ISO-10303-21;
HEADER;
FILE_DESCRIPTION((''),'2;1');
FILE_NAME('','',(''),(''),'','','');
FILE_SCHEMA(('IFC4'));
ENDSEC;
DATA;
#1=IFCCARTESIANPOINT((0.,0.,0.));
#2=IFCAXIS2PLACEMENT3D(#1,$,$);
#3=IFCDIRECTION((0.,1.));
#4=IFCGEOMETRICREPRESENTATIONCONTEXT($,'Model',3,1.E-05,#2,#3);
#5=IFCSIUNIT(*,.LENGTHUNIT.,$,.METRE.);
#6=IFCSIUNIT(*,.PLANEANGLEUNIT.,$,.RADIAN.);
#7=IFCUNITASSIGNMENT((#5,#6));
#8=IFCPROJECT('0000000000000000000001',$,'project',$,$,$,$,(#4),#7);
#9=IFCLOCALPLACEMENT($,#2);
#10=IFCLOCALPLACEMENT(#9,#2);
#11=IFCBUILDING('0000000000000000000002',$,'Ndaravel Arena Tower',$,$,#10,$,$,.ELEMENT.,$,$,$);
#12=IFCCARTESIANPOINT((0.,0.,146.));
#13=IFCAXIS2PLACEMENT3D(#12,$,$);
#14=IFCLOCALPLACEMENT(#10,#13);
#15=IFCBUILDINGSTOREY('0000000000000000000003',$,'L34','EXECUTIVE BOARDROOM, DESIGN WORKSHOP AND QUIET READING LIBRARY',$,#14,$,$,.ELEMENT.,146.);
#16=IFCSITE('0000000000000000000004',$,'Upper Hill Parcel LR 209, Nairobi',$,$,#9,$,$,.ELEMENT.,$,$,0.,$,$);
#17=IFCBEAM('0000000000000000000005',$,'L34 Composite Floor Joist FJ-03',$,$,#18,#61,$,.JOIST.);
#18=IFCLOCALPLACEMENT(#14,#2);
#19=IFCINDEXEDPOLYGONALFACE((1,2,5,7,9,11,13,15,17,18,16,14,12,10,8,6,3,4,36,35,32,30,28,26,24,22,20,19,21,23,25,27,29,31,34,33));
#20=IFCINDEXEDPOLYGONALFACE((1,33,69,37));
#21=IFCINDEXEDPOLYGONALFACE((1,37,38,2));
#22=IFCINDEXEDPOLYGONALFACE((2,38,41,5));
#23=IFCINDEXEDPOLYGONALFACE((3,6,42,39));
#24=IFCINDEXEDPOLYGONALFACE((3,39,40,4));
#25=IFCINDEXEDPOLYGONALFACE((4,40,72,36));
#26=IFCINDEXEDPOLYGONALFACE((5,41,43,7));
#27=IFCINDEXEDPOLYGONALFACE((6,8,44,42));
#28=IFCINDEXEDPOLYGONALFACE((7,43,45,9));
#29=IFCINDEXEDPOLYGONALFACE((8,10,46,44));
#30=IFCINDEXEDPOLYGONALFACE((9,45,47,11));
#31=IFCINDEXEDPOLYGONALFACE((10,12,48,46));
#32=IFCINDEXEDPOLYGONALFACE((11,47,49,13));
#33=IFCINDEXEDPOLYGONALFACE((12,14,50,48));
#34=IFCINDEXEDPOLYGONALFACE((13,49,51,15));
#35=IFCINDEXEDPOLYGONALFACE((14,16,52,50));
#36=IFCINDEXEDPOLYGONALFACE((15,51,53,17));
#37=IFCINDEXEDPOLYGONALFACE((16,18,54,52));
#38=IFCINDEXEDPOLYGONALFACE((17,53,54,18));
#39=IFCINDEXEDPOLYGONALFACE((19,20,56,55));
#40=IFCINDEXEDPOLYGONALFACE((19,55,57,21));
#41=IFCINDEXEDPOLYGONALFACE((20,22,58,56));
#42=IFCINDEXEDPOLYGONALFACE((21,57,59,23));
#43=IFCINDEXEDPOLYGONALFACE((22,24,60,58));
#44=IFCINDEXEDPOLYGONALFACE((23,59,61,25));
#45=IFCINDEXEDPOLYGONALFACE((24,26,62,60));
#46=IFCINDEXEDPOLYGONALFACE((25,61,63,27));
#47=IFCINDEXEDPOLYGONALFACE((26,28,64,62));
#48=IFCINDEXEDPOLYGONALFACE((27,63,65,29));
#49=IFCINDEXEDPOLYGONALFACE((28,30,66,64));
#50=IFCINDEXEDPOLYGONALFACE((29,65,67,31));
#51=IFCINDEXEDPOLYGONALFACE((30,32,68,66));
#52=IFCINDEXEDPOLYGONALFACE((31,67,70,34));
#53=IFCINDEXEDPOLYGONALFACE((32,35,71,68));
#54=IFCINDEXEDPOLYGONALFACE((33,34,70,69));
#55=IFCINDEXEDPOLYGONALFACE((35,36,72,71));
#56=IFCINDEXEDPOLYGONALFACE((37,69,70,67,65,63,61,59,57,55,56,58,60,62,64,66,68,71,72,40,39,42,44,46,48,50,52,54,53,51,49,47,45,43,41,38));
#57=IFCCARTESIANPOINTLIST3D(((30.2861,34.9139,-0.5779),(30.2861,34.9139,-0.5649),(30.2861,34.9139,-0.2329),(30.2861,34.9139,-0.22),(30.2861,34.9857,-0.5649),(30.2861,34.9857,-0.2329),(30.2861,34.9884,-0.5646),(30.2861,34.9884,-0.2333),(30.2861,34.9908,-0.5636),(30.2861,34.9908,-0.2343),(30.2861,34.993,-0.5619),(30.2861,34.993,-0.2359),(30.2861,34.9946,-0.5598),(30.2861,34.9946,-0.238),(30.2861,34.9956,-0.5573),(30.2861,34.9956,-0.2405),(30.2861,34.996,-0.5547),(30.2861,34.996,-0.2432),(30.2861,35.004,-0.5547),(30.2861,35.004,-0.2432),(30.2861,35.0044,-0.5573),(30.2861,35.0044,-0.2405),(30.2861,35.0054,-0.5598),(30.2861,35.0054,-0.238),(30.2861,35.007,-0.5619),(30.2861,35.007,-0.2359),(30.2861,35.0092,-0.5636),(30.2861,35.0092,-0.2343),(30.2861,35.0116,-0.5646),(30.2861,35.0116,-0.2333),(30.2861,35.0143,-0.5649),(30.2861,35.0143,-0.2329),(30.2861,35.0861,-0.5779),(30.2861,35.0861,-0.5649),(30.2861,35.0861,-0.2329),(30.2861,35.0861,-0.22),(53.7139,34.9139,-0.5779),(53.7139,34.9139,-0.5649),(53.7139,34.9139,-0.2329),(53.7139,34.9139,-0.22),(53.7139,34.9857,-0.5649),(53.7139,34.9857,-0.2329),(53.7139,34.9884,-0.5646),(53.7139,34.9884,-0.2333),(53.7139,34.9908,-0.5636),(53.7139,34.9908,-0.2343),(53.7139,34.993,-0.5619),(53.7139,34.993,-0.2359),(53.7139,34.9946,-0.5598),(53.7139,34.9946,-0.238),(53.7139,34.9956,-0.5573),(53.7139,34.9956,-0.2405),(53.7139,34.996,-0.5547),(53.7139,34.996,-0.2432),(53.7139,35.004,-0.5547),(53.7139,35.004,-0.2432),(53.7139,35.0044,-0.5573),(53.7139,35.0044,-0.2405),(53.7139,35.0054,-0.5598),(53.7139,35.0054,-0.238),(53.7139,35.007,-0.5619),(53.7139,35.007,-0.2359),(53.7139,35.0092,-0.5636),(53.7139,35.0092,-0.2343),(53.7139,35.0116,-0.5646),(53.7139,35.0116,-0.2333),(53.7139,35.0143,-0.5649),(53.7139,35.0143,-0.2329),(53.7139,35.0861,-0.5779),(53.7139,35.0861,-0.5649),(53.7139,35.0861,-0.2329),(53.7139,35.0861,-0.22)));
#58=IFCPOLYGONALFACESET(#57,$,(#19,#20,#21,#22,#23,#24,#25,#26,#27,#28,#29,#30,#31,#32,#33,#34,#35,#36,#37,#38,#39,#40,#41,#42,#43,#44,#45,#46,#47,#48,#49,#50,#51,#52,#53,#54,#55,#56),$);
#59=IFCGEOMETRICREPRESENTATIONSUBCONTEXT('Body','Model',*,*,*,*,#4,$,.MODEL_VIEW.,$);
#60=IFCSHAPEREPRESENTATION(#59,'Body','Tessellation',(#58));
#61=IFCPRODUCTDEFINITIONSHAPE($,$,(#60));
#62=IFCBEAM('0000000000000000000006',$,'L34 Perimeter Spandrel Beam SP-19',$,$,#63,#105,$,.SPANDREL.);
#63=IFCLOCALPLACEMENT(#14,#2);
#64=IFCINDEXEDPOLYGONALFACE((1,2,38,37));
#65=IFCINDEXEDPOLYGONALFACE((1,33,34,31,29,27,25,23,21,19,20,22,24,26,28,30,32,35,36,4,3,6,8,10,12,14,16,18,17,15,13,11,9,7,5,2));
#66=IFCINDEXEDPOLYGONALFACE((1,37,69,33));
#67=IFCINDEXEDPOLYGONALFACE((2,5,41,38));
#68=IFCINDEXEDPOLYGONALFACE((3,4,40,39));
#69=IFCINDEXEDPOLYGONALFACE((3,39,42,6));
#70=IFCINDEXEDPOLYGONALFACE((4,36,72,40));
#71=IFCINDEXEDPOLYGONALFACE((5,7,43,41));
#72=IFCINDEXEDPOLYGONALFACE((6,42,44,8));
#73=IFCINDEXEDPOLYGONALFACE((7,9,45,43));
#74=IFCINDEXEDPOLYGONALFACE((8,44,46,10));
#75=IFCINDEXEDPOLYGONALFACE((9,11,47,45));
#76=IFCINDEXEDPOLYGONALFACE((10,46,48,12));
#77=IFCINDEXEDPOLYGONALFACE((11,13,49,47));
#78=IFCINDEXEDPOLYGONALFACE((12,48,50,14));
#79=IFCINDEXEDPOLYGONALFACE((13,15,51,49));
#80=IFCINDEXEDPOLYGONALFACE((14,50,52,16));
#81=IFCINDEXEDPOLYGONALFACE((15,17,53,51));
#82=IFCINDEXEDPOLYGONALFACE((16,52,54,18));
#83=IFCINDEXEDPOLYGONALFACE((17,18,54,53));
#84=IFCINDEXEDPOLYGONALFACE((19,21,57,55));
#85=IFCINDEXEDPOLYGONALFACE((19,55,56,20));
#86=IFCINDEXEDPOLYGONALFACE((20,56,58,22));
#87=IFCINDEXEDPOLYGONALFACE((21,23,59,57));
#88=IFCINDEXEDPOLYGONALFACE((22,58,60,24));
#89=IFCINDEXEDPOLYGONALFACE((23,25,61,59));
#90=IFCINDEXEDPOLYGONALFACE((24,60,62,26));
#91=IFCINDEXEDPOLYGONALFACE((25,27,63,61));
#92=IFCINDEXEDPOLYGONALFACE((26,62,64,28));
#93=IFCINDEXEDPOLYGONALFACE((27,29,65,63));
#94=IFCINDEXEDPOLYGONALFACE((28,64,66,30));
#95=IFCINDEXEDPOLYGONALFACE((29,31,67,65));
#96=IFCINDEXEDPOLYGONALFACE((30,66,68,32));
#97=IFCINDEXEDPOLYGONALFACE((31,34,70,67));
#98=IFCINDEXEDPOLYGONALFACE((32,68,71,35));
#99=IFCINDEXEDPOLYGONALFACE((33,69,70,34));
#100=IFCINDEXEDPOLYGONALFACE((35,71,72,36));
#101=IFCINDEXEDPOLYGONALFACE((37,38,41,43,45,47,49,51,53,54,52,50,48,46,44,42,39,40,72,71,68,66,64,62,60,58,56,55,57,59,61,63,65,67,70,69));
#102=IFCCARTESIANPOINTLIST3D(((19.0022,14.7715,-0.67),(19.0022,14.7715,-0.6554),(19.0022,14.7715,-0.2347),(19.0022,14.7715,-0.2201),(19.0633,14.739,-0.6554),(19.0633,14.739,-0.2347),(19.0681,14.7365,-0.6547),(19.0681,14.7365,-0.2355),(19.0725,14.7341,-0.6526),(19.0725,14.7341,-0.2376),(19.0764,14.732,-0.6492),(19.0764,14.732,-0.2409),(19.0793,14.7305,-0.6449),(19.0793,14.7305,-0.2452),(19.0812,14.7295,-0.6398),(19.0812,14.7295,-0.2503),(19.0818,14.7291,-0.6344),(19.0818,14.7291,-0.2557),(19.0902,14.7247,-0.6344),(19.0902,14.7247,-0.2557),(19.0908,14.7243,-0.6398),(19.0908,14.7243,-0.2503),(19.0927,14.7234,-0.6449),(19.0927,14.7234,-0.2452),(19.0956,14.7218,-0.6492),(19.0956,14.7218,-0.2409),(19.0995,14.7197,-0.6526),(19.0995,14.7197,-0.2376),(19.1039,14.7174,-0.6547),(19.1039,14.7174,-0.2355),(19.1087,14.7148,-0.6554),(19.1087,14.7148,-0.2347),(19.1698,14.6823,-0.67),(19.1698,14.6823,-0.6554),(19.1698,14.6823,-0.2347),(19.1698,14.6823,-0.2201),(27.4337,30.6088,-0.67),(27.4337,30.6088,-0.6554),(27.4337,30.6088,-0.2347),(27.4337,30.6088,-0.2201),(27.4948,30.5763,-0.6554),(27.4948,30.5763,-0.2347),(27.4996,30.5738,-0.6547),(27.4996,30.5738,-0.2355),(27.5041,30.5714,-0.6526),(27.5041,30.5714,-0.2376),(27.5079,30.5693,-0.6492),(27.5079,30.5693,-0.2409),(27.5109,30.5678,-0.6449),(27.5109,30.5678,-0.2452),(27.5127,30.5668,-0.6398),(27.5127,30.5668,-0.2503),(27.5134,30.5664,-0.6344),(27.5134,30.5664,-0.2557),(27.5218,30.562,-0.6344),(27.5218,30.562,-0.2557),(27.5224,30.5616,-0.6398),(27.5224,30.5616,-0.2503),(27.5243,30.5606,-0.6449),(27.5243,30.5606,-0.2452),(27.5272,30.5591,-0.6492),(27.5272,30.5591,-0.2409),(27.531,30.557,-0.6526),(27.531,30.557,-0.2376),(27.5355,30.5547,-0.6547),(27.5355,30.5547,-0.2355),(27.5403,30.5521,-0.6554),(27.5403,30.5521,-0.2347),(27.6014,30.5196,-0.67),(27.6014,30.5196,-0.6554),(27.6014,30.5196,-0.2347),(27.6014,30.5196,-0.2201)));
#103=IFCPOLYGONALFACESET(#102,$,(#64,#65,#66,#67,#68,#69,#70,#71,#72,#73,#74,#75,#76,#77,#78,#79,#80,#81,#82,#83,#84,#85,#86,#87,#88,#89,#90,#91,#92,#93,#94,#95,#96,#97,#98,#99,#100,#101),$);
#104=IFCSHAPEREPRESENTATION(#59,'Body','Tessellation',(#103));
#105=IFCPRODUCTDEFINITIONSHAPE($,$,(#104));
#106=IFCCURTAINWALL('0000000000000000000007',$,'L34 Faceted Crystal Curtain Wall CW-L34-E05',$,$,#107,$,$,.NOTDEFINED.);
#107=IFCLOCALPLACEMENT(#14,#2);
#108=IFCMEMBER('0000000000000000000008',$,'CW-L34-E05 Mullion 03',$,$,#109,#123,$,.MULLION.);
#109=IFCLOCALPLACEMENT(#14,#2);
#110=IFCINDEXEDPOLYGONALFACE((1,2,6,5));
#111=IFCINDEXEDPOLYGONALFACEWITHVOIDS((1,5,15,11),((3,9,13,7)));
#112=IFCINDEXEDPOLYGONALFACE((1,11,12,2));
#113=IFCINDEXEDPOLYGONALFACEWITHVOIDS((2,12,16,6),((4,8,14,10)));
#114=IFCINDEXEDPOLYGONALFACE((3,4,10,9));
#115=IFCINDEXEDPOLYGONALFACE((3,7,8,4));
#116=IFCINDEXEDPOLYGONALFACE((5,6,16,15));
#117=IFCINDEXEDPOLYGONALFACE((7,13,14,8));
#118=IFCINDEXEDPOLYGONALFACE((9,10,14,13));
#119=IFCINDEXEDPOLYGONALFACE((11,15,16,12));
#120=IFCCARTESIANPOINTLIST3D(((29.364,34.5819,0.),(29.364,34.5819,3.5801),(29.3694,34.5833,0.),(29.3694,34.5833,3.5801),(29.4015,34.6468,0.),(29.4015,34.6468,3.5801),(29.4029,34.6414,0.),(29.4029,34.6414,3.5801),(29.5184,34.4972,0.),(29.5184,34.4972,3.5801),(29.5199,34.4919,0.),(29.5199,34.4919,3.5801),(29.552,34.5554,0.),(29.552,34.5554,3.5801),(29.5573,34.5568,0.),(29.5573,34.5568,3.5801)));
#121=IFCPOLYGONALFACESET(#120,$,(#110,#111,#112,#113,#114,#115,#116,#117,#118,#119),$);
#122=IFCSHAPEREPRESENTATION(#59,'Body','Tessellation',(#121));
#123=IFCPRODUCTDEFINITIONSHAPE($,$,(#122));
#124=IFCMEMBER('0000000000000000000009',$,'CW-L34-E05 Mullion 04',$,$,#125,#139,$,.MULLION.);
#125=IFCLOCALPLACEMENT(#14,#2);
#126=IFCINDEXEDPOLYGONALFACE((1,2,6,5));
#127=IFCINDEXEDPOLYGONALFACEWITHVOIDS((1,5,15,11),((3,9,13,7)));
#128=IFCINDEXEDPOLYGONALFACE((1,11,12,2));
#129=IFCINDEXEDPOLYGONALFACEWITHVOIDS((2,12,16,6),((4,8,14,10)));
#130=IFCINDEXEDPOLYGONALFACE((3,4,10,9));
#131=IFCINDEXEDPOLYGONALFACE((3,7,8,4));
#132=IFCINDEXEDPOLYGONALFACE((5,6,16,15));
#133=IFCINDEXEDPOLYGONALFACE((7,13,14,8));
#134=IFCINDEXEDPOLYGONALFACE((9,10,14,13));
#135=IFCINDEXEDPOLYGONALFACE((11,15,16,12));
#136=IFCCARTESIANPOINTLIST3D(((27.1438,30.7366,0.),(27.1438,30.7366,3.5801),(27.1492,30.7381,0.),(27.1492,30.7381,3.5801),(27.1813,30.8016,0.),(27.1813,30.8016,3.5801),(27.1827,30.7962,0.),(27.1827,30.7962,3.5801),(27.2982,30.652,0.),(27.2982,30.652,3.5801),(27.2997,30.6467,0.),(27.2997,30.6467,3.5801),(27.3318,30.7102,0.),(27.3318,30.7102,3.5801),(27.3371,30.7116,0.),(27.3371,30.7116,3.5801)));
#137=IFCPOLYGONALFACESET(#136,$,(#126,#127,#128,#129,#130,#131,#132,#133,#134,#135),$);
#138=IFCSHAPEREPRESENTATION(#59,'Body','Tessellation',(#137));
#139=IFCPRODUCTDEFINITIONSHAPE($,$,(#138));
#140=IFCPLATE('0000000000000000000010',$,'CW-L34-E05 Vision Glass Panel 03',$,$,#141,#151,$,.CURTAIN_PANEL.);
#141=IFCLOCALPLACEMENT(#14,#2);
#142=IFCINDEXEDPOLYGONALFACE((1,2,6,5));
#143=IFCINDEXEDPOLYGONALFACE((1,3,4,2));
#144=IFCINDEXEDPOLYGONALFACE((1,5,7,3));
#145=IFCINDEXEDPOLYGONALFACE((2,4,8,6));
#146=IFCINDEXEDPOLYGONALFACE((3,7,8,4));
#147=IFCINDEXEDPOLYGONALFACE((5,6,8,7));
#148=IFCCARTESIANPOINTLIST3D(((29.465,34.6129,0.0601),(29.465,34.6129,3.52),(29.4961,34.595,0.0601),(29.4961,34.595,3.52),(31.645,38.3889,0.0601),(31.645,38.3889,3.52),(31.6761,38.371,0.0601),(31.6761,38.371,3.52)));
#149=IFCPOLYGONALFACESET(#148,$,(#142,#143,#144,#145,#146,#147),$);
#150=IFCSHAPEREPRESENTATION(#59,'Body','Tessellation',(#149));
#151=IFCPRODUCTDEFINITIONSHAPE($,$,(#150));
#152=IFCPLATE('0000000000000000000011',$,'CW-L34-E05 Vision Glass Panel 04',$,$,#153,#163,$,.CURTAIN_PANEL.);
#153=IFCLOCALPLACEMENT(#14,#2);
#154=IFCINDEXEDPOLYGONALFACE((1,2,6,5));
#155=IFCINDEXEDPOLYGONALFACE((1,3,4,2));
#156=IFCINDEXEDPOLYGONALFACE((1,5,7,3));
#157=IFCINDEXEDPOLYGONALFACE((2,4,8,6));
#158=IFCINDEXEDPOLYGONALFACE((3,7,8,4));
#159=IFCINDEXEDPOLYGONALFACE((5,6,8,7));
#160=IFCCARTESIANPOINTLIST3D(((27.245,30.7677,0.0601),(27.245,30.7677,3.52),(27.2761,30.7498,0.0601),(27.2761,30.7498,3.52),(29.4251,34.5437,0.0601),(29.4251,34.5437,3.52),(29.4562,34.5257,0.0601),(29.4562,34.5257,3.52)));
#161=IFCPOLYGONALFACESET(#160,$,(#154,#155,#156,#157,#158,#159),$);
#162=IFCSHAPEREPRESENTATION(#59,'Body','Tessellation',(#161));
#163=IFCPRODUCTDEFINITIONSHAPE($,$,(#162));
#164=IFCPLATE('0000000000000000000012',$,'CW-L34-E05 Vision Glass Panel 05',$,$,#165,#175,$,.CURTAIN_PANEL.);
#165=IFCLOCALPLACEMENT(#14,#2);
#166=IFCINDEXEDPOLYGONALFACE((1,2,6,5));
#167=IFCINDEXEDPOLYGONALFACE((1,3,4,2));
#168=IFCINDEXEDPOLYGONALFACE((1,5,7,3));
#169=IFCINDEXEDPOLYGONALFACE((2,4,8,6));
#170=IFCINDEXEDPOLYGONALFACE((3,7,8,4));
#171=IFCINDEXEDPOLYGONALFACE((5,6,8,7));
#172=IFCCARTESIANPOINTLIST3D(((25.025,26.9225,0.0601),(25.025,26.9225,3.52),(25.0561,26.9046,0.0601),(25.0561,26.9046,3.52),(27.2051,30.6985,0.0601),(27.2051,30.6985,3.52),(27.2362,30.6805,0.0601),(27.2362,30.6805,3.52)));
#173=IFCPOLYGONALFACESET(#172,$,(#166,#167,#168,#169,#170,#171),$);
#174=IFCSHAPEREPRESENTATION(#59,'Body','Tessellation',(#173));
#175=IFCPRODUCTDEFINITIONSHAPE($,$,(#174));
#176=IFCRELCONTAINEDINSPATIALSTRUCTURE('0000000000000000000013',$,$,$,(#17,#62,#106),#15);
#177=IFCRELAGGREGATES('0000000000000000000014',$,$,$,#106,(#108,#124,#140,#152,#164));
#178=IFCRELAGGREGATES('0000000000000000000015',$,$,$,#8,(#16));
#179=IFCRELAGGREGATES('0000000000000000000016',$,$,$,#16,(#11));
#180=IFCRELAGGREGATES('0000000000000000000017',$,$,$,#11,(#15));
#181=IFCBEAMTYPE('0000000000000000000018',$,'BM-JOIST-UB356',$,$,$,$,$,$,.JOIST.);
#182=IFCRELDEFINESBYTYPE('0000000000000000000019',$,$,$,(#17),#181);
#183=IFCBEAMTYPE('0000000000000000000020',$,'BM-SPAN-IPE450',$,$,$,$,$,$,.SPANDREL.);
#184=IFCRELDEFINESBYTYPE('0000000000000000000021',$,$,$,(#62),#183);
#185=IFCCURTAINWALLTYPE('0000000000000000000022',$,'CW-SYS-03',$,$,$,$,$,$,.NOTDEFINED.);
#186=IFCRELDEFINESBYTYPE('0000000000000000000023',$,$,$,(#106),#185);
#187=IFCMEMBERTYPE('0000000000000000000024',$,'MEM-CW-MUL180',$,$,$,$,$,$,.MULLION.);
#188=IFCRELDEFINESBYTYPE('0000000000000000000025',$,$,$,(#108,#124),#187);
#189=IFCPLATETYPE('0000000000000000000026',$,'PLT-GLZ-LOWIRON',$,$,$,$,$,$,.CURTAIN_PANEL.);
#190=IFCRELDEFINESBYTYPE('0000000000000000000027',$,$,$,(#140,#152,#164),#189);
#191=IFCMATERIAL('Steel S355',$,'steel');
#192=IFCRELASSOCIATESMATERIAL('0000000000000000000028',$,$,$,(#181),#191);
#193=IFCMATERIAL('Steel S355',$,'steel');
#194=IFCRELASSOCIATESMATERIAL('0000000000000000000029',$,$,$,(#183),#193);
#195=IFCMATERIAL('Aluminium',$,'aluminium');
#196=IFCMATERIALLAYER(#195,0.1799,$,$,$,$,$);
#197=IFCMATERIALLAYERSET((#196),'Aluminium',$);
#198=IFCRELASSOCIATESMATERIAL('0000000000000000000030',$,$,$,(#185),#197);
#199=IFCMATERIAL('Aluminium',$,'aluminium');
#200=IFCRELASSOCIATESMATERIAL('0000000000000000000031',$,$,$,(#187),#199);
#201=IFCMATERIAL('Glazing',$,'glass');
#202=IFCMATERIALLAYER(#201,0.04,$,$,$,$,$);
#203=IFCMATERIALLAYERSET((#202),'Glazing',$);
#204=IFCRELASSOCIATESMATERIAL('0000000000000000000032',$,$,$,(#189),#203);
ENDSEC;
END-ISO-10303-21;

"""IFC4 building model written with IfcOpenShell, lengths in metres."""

from ifc_helpers import new_model, si_unit, direction, frame, origin, origin_2d, place, context, subcontext, project, spatial, rectangle, hollow_rectangle, i_section, extrude, material, layer, layer_set, material_profile, profile_set, type_object, element, aggregate, save


model = new_model("IFC4")

# Units and contexts
model_context = context("Model", 3, precision=1e-05, world=origin(), true_north=direction((0.0, 1.0)))
body_context = subcontext(model_context, "Body", "Model", "MODEL_VIEW")
ifc_project = project(units=[si_unit("LENGTHUNIT", "METRE"), si_unit("PLANEANGLEUNIT", "RADIAN")], contexts=[model_context])

# Site, building, storey
site_placement = place(None, origin())
site = spatial("IfcSite", under=ifc_project, at=site_placement, Name="Upper Hill Parcel LR 209, Nairobi", CompositionType="ELEMENT", RefElevation=0.0)
building_placement = place(site_placement, origin())
building = spatial("IfcBuilding", under=site, at=building_placement, Name="Ndaravel Arena Tower", CompositionType="ELEMENT")
storey_placement = place(building_placement, frame((0.0, 0.0, 146.0)))
storey = spatial("IfcBuildingStorey", under=building, at=storey_placement, Name="L34", Description="EXECUTIVE BOARDROOM, DESIGN WORKSHOP AND QUIET READING LIBRARY", CompositionType="ELEMENT", Elevation=146.0)

# Beams
ifc_material_1 = material(Name="Steel S355", Category="steel")
ifc_material_profile_1 = material_profile(ifc_material_1, i_section(OverallWidth=0.1721, OverallDepth=0.3579, WebThickness=0.0081, FlangeThickness=0.0129, FilletRadius=0.0103, at=origin_2d()), Name="UB 356x171x57")
ifc_profile_set_1 = profile_set([ifc_material_profile_1], Name="Steel S355")
beam_type_1 = type_object("IfcBeamType", Name="BM-JOIST-UB356", PredefinedType="JOIST", material=ifc_profile_set_1)
beam_1_placement = place(storey_placement, frame((30.2861, 35.0, -0.3989), z_axis=(1.0, 0.0, 0.0), x_axis=(0.0, 1.0, 0.0)))
element("IfcBeam", 1, at=beam_1_placement, inside=storey, type_object=beam_type_1, Name="L34 Composite Floor Joist FJ-03", PredefinedType="JOIST", context=body_context, shape_type="SweptSolid", body=[
    extrude(i_section(OverallWidth=0.1721, OverallDepth=0.3579, WebThickness=0.0081, FlangeThickness=0.0129, FilletRadius=0.0103, at=origin_2d()), origin(), (0.0, 0.0, 1.0), 23.4277),
])
ifc_material_2 = material(Name="Steel S355", Category="steel")
ifc_material_profile_2 = material_profile(ifc_material_2, i_section(OverallWidth=0.1899, OverallDepth=0.45, WebThickness=0.0095, FlangeThickness=0.0146, FilletRadius=0.021, at=origin_2d()), Name="IPE 450")
ifc_profile_set_2 = profile_set([ifc_material_profile_2], Name="Steel S355")
beam_type_2 = type_object("IfcBeamType", Name="BM-SPAN-IPE450", PredefinedType="SPANDREL", material=ifc_profile_set_2)
beam_2_placement = place(storey_placement, frame((27.5176, 30.5642, -0.4451), z_axis=(-0.469938, -0.882699, 0.0), x_axis=(0.882699, -0.469938, 0.0)))
element("IfcBeam", 2, at=beam_2_placement, inside=storey, type_object=beam_type_2, Name="L34 Perimeter Spandrel Beam SP-19", PredefinedType="SPANDREL", context=body_context, shape_type="SweptSolid", body=[
    extrude(i_section(OverallWidth=0.1899, OverallDepth=0.45, WebThickness=0.0095, FlangeThickness=0.0146, FilletRadius=0.021, at=origin_2d()), origin(), (0.0, 0.0, 1.0), 17.9419),
])

# Curtain wall, members, plates
ifc_material_3 = material(Name="Aluminium", Category="aluminium")
ifc_layer_1 = layer(ifc_material_3, 0.1799)
ifc_layer_set_1 = layer_set([ifc_layer_1], Name="Aluminium")
curtain_wall_type = type_object("IfcCurtainWallType", Name="CW-SYS-03", PredefinedType="NOTDEFINED", material=ifc_layer_set_1)
curtain_wall_placement = place(storey_placement, origin())
curtain_wall = element("IfcCurtainWall", 3, at=curtain_wall_placement, inside=storey, type_object=curtain_wall_type, Name="L34 Faceted Crystal Curtain Wall CW-L34-E05", PredefinedType="NOTDEFINED")
ifc_material_4 = material(Name="Aluminium", Category="aluminium")
ifc_material_profile_3 = material_profile(ifc_material_4, hollow_rectangle(XDim=0.075, YDim=0.1799, WallThickness=0.0039, at=origin_2d()), Name="CW MULLION 75x180x4")
ifc_profile_set_3 = profile_set([ifc_material_profile_3], Name="Aluminium")
member_type = type_object("IfcMemberType", Name="MEM-CW-MUL180", PredefinedType="MULLION", material=ifc_profile_set_3)
member_1_placement = place(storey_placement, frame((29.4607, 34.5693, 0.0), z_axis=(0.0, 0.0, 1.0), x_axis=(-0.5, -0.866025, 0.0)))
member_1 = element("IfcMember", 4, at=member_1_placement, type_object=member_type, Name="CW-L34-E05 Mullion 03", PredefinedType="MULLION", context=body_context, shape_type="SweptSolid", body=[
    extrude(hollow_rectangle(XDim=0.075, YDim=0.1799, WallThickness=0.0039, at=origin_2d()), origin(), (0.0, 0.0, 1.0), 3.5801),
])
member_2_placement = place(storey_placement, frame((27.2405, 30.7241, 0.0), z_axis=(0.0, 0.0, 1.0), x_axis=(-0.5, -0.866025, 0.0)))
member_2 = element("IfcMember", 5, at=member_2_placement, type_object=member_type, Name="CW-L34-E05 Mullion 04", PredefinedType="MULLION", context=body_context, shape_type="SweptSolid", body=[
    extrude(hollow_rectangle(XDim=0.075, YDim=0.1799, WallThickness=0.0039, at=origin_2d()), origin(), (0.0, 0.0, 1.0), 3.5801),
])
ifc_material_5 = material(Name="Glazing", Category="glass")
ifc_layer_2 = layer(ifc_material_5, 0.04)
ifc_layer_set_2 = layer_set([ifc_layer_2], Name="Glazing")
plate_type = type_object("IfcPlateType", Name="PLT-GLZ-LOWIRON", PredefinedType="CURTAIN_PANEL", material=ifc_layer_set_2)
plate_1_placement = place(storey_placement, frame((30.5706, 36.4919, 0.0601), z_axis=(0.0, 0.0, 1.0), x_axis=(-0.5, -0.866025, 0.0)))
plate_1 = element("IfcPlate", 6, at=plate_1_placement, type_object=plate_type, Name="CW-L34-E05 Vision Glass Panel 03", PredefinedType="CURTAIN_PANEL", context=body_context, shape_type="SweptSolid", body=[
    extrude(rectangle(XDim=4.3601, YDim=0.0359, at=origin_2d()), origin(), (0.0, 0.0, 1.0), 3.46),
])
plate_2_placement = place(storey_placement, frame((28.3506, 32.6467, 0.0601), z_axis=(0.0, 0.0, 1.0), x_axis=(-0.5, -0.866025, 0.0)))
plate_2 = element("IfcPlate", 7, at=plate_2_placement, type_object=plate_type, Name="CW-L34-E05 Vision Glass Panel 04", PredefinedType="CURTAIN_PANEL", context=body_context, shape_type="SweptSolid", body=[
    extrude(rectangle(XDim=4.3601, YDim=0.0359, at=origin_2d()), origin(), (0.0, 0.0, 1.0), 3.46),
])
plate_3_placement = place(storey_placement, frame((26.1306, 28.8015, 0.0601), z_axis=(0.0, 0.0, 1.0), x_axis=(-0.5, -0.866025, 0.0)))
plate_3 = element("IfcPlate", 8, at=plate_3_placement, type_object=plate_type, Name="CW-L34-E05 Vision Glass Panel 05", PredefinedType="CURTAIN_PANEL", context=body_context, shape_type="SweptSolid", body=[
    extrude(rectangle(XDim=4.3601, YDim=0.0359, at=origin_2d()), origin(), (0.0, 0.0, 1.0), 3.46),
])
aggregate(curtain_wall, [member_1, member_2, plate_1, plate_2, plate_3])

save(model, "model.ifc")
